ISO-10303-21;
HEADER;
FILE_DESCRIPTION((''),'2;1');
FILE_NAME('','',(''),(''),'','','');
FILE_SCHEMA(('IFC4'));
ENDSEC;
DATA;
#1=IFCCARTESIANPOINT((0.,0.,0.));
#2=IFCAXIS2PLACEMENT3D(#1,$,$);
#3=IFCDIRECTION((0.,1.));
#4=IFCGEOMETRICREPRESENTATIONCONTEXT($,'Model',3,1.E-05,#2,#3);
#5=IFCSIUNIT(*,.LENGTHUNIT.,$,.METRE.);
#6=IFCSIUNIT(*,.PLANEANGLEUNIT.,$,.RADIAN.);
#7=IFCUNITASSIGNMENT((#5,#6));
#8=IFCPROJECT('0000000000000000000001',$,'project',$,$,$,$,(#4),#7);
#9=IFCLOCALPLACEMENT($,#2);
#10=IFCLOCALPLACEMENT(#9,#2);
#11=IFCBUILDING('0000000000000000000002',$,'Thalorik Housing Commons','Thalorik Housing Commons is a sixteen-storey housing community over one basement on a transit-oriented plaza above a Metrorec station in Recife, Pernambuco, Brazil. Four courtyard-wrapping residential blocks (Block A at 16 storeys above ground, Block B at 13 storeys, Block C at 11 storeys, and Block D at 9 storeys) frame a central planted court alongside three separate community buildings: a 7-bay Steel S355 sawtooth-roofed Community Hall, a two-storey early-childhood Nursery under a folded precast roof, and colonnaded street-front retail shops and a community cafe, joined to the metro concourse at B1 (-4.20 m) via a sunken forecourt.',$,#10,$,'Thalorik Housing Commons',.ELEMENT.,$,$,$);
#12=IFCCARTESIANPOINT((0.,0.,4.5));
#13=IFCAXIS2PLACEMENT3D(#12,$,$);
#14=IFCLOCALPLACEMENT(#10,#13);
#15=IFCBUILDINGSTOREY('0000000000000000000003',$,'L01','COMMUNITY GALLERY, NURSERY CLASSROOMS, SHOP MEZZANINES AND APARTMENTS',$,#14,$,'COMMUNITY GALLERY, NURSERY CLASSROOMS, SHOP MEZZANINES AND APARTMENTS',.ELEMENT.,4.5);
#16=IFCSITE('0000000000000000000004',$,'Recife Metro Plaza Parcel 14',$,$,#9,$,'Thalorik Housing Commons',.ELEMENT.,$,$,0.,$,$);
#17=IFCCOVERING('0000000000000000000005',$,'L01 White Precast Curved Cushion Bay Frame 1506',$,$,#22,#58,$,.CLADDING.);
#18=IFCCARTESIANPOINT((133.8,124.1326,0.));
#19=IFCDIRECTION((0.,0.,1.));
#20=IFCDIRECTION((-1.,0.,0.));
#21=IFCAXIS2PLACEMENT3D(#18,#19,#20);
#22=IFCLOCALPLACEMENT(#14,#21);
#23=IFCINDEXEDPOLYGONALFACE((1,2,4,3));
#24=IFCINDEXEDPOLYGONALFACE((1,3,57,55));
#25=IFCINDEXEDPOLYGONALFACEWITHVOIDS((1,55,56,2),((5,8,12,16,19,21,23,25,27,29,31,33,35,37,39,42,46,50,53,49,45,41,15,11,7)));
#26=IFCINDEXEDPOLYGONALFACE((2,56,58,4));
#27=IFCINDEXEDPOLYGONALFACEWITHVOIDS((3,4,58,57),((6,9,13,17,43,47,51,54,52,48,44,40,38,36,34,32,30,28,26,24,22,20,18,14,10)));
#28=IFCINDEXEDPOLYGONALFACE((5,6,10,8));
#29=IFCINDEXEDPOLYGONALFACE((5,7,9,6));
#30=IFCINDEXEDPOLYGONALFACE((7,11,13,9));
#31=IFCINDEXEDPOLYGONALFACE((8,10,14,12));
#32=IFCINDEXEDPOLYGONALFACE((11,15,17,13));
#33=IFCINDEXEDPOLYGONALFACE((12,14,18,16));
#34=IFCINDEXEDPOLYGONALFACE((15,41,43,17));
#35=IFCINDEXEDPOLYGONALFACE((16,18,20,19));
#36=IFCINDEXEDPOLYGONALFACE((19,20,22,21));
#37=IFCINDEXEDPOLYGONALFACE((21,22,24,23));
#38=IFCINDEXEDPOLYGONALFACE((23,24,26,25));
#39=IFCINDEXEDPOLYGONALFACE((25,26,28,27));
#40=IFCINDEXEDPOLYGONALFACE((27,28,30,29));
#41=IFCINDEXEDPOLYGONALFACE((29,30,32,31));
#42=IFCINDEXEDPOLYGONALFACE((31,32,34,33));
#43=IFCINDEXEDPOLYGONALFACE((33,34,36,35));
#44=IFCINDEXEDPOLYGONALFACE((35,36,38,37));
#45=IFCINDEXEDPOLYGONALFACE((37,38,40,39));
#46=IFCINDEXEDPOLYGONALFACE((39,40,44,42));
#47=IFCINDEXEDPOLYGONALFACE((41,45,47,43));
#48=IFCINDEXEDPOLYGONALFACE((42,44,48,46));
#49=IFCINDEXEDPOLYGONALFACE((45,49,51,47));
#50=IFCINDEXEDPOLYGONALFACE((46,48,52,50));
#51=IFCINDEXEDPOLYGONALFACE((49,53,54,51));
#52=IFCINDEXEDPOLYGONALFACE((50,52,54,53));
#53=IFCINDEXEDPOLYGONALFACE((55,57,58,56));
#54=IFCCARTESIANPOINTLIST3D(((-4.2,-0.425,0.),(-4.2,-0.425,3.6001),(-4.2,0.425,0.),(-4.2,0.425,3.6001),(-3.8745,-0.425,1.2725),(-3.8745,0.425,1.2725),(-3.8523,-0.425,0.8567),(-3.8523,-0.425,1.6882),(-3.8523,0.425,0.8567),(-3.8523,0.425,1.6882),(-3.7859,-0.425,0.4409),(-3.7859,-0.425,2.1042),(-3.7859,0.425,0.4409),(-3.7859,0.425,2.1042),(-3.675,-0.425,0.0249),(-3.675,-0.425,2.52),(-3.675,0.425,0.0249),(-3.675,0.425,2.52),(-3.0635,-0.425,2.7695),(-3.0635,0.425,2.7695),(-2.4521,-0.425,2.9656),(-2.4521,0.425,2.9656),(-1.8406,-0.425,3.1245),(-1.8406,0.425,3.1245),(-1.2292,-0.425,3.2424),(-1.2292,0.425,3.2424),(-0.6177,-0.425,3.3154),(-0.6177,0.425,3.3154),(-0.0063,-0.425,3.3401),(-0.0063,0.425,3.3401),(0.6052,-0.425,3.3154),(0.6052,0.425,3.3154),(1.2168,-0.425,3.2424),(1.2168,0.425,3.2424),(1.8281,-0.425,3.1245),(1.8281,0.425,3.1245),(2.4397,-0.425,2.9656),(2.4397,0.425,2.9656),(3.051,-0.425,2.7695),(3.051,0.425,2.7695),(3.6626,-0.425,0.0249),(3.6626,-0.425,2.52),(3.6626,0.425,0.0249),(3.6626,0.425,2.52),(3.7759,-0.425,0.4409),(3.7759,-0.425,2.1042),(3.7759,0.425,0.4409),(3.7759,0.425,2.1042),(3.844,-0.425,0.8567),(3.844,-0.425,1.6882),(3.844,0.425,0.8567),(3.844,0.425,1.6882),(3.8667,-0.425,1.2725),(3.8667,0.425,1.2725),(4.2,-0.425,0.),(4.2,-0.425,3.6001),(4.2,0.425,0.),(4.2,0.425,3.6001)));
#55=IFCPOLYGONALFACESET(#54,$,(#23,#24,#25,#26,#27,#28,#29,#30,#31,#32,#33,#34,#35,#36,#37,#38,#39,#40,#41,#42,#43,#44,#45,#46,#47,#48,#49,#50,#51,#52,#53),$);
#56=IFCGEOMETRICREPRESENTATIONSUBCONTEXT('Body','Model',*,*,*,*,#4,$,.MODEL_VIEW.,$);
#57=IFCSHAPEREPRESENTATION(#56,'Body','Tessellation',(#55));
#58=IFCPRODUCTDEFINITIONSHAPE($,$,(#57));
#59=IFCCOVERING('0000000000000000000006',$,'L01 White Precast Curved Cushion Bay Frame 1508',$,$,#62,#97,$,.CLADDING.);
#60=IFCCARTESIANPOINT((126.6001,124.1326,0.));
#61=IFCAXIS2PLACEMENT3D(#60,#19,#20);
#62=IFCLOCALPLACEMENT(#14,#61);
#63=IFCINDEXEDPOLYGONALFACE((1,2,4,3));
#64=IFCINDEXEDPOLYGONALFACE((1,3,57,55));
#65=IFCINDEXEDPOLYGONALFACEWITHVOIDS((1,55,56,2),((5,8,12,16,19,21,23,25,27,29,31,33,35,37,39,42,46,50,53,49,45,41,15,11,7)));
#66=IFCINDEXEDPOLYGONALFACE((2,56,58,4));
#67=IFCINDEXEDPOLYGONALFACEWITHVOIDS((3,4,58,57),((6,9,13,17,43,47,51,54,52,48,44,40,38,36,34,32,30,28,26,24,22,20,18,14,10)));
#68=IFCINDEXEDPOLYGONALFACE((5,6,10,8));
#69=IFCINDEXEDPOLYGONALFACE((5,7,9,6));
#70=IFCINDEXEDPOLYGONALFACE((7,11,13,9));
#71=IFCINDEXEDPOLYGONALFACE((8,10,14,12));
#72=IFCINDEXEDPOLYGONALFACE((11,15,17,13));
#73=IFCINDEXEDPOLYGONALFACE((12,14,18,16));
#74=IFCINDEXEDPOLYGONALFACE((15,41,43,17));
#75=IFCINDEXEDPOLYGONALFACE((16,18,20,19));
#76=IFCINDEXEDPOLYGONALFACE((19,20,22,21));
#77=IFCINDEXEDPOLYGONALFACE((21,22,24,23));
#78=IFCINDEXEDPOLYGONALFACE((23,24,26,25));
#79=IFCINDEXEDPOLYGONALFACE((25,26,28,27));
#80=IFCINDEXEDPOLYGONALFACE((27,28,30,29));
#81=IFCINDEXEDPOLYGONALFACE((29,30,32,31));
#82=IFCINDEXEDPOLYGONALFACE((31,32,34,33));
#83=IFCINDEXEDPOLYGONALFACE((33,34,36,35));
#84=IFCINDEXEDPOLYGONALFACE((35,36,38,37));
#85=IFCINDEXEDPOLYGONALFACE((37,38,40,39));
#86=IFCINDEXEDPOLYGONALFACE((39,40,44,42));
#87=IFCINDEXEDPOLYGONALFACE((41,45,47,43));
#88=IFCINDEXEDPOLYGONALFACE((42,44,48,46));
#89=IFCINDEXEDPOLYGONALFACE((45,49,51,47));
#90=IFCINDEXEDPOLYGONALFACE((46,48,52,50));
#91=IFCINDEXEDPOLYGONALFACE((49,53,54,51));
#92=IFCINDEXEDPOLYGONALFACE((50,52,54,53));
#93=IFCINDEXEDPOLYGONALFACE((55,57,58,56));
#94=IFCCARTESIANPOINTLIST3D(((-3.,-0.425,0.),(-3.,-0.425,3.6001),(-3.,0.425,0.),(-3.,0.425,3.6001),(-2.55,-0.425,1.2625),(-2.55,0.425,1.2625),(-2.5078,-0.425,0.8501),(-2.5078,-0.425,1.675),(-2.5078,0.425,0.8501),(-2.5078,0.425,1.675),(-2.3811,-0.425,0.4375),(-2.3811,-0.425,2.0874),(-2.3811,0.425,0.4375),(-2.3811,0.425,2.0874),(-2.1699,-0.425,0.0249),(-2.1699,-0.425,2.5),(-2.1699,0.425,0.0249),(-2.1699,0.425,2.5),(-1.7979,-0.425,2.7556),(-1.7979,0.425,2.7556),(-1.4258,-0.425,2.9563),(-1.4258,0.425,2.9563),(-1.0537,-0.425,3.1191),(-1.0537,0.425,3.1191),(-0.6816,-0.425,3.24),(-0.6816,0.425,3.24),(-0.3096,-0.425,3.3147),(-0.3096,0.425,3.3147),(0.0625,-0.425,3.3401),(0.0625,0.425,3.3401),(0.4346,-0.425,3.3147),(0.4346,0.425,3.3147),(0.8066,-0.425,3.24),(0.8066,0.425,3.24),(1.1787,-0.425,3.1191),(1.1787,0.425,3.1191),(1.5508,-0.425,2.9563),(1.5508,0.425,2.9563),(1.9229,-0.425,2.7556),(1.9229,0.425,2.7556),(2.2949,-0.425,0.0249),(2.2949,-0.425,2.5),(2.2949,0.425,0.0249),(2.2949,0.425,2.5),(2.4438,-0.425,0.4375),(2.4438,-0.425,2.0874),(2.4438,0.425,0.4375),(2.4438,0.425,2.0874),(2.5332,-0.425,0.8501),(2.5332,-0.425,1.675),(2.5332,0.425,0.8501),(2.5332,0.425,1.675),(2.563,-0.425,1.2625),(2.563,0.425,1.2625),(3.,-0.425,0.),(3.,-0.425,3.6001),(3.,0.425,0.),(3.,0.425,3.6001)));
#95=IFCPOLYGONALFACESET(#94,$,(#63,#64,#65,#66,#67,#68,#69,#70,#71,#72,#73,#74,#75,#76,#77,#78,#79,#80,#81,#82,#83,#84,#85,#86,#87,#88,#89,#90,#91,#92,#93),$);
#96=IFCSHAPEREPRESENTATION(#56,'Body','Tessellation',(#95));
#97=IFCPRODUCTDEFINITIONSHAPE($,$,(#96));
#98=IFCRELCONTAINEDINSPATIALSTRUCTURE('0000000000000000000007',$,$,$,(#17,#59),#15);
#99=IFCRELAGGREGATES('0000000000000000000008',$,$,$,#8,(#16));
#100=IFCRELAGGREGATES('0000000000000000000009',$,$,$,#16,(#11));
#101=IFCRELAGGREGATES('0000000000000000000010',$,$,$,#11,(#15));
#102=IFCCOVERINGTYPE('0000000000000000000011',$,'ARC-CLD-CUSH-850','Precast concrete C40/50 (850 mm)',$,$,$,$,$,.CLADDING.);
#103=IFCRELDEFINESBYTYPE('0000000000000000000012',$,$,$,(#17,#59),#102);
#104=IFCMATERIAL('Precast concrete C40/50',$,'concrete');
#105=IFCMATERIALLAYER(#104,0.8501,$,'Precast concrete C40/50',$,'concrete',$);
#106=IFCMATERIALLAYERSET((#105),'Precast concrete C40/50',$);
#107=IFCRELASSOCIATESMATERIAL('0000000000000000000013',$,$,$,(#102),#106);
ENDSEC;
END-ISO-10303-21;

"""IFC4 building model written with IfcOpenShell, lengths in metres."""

from ifc_helpers import new_model, si_unit, direction, frame, origin, place, context, subcontext, project, spatial, polyline, outline, extrude, material, layer, layer_set, type_object, element, save


model = new_model("IFC4")

# Units and contexts
model_context = context("Model", 3, precision=1e-05, world=origin(), true_north=direction((0.0, 1.0)))
body_context = subcontext(model_context, "Body", "Model", "MODEL_VIEW")
ifc_project = project(units=[si_unit("LENGTHUNIT", "METRE"), si_unit("PLANEANGLEUNIT", "RADIAN")], contexts=[model_context])

# Site, building, storey
site_placement = place(None, origin())
site = spatial("IfcSite", under=ifc_project, at=site_placement, Name="Recife Metro Plaza Parcel 14", LongName="Thalorik Housing Commons", CompositionType="ELEMENT", RefElevation=0.0)
building_placement = place(site_placement, origin())
building = spatial("IfcBuilding", under=site, at=building_placement, Name="Thalorik Housing Commons", Description="Thalorik Housing Commons is a sixteen-storey housing community over one basement on a transit-oriented plaza above a Metrorec station in Recife, Pernambuco, Brazil. Four courtyard-wrapping residential blocks (Block A at 16 storeys above ground, Block B at 13 storeys, Block C at 11 storeys, and Block D at 9 storeys) frame a central planted court alongside three separate community buildings: a 7-bay Steel S355 sawtooth-roofed Community Hall, a two-storey early-childhood Nursery under a folded precast roof, and colonnaded street-front retail shops and a community cafe, joined to the metro concourse at B1 (-4.20 m) via a sunken forecourt.", LongName="Thalorik Housing Commons", CompositionType="ELEMENT")
storey_placement = place(building_placement, frame((0.0, 0.0, 4.5)))
storey = spatial("IfcBuildingStorey", under=building, at=storey_placement, Name="L01", Description="COMMUNITY GALLERY, NURSERY CLASSROOMS, SHOP MEZZANINES AND APARTMENTS", LongName="COMMUNITY GALLERY, NURSERY CLASSROOMS, SHOP MEZZANINES AND APARTMENTS", CompositionType="ELEMENT", Elevation=4.5)

# Shared definitions
ifc_material_1 = material(Name="Precast concrete C40/50", Category="concrete")

# Coverings
ifc_layer_1 = layer(ifc_material_1, 0.8501, Name="Precast concrete C40/50", Category="concrete")
ifc_layer_set_1 = layer_set([ifc_layer_1], Name="Precast concrete C40/50")
covering_type_1 = type_object("IfcCoveringType", Name="ARC-CLD-CUSH-850", Description="Precast concrete C40/50 (850 mm)", PredefinedType="CLADDING", material=ifc_layer_set_1)
covering_1_placement = place(storey_placement, frame((133.8, 124.1326, 0.0), z_axis=(0.0, 0.0, 1.0), x_axis=(-1.0, 0.0, 0.0)))
element("IfcCovering", 1, at=covering_1_placement, inside=storey, type_object=covering_type_1, Name="L01 White Precast Curved Cushion Bay Frame 1506", PredefinedType="CLADDING", context=body_context, shape_type="SweptSolid", body=[
    extrude(outline(polyline([(-4.2, 0.0), (4.2, 0.0), (4.2, 3.6001), (-4.2, 3.6001), (-4.2, 0.0)]), holes=[polyline([(3.6626, 0.0249), (3.7759, 0.4409), (3.844, 0.8567), (3.8667, 1.2725), (3.844, 1.6882), (3.7759, 2.1042), (3.6626, 2.52), (3.051, 2.7695), (2.4397, 2.9656), (1.8281, 3.1245), (1.2168, 3.2424), (0.6052, 3.3154), (-0.0063, 3.3401), (-0.6177, 3.3154), (-1.2292, 3.2424), (-1.8406, 3.1245), (-2.4521, 2.9656), (-3.0635, 2.7695), (-3.675, 2.52), (-3.7859, 2.1042), (-3.8523, 1.6882), (-3.8745, 1.2725), (-3.8523, 0.8567), (-3.7859, 0.4409), (-3.675, 0.0249), (3.6626, 0.0249)])]), frame((0.0, 0.425, 0.0), z_axis=(0.0, -1.0, 0.0), x_axis=(1.0, 0.0, 0.0)), (0.0, 0.0, 1.0), 0.8501),
])
covering_2_placement = place(storey_placement, frame((126.6001, 124.1326, 0.0), z_axis=(0.0, 0.0, 1.0), x_axis=(-1.0, 0.0, 0.0)))
element("IfcCovering", 2, at=covering_2_placement, inside=storey, type_object=covering_type_1, Name="L01 White Precast Curved Cushion Bay Frame 1508", PredefinedType="CLADDING", context=body_context, shape_type="SweptSolid", body=[
    extrude(outline(polyline([(-3.0, 0.0), (3.0, 0.0), (3.0, 3.6001), (-3.0, 3.6001), (-3.0, 0.0)]), holes=[polyline([(2.2949, 0.0249), (2.4438, 0.4375), (2.5332, 0.8501), (2.563, 1.2625), (2.5332, 1.675), (2.4438, 2.0874), (2.2949, 2.5), (1.9229, 2.7556), (1.5508, 2.9563), (1.1787, 3.1191), (0.8066, 3.24), (0.4346, 3.3147), (0.0625, 3.3401), (-0.3096, 3.3147), (-0.6816, 3.24), (-1.0537, 3.1191), (-1.4258, 2.9563), (-1.7979, 2.7556), (-2.1699, 2.5), (-2.3811, 2.0874), (-2.5078, 1.675), (-2.55, 1.2625), (-2.5078, 0.8501), (-2.3811, 0.4375), (-2.1699, 0.0249), (2.2949, 0.0249)])]), frame((0.0, 0.425, 0.0), z_axis=(0.0, -1.0, 0.0), x_axis=(1.0, 0.0, 0.0)), (0.0, 0.0, 1.0), 0.8501),
])

save(model, "model.ifc")
